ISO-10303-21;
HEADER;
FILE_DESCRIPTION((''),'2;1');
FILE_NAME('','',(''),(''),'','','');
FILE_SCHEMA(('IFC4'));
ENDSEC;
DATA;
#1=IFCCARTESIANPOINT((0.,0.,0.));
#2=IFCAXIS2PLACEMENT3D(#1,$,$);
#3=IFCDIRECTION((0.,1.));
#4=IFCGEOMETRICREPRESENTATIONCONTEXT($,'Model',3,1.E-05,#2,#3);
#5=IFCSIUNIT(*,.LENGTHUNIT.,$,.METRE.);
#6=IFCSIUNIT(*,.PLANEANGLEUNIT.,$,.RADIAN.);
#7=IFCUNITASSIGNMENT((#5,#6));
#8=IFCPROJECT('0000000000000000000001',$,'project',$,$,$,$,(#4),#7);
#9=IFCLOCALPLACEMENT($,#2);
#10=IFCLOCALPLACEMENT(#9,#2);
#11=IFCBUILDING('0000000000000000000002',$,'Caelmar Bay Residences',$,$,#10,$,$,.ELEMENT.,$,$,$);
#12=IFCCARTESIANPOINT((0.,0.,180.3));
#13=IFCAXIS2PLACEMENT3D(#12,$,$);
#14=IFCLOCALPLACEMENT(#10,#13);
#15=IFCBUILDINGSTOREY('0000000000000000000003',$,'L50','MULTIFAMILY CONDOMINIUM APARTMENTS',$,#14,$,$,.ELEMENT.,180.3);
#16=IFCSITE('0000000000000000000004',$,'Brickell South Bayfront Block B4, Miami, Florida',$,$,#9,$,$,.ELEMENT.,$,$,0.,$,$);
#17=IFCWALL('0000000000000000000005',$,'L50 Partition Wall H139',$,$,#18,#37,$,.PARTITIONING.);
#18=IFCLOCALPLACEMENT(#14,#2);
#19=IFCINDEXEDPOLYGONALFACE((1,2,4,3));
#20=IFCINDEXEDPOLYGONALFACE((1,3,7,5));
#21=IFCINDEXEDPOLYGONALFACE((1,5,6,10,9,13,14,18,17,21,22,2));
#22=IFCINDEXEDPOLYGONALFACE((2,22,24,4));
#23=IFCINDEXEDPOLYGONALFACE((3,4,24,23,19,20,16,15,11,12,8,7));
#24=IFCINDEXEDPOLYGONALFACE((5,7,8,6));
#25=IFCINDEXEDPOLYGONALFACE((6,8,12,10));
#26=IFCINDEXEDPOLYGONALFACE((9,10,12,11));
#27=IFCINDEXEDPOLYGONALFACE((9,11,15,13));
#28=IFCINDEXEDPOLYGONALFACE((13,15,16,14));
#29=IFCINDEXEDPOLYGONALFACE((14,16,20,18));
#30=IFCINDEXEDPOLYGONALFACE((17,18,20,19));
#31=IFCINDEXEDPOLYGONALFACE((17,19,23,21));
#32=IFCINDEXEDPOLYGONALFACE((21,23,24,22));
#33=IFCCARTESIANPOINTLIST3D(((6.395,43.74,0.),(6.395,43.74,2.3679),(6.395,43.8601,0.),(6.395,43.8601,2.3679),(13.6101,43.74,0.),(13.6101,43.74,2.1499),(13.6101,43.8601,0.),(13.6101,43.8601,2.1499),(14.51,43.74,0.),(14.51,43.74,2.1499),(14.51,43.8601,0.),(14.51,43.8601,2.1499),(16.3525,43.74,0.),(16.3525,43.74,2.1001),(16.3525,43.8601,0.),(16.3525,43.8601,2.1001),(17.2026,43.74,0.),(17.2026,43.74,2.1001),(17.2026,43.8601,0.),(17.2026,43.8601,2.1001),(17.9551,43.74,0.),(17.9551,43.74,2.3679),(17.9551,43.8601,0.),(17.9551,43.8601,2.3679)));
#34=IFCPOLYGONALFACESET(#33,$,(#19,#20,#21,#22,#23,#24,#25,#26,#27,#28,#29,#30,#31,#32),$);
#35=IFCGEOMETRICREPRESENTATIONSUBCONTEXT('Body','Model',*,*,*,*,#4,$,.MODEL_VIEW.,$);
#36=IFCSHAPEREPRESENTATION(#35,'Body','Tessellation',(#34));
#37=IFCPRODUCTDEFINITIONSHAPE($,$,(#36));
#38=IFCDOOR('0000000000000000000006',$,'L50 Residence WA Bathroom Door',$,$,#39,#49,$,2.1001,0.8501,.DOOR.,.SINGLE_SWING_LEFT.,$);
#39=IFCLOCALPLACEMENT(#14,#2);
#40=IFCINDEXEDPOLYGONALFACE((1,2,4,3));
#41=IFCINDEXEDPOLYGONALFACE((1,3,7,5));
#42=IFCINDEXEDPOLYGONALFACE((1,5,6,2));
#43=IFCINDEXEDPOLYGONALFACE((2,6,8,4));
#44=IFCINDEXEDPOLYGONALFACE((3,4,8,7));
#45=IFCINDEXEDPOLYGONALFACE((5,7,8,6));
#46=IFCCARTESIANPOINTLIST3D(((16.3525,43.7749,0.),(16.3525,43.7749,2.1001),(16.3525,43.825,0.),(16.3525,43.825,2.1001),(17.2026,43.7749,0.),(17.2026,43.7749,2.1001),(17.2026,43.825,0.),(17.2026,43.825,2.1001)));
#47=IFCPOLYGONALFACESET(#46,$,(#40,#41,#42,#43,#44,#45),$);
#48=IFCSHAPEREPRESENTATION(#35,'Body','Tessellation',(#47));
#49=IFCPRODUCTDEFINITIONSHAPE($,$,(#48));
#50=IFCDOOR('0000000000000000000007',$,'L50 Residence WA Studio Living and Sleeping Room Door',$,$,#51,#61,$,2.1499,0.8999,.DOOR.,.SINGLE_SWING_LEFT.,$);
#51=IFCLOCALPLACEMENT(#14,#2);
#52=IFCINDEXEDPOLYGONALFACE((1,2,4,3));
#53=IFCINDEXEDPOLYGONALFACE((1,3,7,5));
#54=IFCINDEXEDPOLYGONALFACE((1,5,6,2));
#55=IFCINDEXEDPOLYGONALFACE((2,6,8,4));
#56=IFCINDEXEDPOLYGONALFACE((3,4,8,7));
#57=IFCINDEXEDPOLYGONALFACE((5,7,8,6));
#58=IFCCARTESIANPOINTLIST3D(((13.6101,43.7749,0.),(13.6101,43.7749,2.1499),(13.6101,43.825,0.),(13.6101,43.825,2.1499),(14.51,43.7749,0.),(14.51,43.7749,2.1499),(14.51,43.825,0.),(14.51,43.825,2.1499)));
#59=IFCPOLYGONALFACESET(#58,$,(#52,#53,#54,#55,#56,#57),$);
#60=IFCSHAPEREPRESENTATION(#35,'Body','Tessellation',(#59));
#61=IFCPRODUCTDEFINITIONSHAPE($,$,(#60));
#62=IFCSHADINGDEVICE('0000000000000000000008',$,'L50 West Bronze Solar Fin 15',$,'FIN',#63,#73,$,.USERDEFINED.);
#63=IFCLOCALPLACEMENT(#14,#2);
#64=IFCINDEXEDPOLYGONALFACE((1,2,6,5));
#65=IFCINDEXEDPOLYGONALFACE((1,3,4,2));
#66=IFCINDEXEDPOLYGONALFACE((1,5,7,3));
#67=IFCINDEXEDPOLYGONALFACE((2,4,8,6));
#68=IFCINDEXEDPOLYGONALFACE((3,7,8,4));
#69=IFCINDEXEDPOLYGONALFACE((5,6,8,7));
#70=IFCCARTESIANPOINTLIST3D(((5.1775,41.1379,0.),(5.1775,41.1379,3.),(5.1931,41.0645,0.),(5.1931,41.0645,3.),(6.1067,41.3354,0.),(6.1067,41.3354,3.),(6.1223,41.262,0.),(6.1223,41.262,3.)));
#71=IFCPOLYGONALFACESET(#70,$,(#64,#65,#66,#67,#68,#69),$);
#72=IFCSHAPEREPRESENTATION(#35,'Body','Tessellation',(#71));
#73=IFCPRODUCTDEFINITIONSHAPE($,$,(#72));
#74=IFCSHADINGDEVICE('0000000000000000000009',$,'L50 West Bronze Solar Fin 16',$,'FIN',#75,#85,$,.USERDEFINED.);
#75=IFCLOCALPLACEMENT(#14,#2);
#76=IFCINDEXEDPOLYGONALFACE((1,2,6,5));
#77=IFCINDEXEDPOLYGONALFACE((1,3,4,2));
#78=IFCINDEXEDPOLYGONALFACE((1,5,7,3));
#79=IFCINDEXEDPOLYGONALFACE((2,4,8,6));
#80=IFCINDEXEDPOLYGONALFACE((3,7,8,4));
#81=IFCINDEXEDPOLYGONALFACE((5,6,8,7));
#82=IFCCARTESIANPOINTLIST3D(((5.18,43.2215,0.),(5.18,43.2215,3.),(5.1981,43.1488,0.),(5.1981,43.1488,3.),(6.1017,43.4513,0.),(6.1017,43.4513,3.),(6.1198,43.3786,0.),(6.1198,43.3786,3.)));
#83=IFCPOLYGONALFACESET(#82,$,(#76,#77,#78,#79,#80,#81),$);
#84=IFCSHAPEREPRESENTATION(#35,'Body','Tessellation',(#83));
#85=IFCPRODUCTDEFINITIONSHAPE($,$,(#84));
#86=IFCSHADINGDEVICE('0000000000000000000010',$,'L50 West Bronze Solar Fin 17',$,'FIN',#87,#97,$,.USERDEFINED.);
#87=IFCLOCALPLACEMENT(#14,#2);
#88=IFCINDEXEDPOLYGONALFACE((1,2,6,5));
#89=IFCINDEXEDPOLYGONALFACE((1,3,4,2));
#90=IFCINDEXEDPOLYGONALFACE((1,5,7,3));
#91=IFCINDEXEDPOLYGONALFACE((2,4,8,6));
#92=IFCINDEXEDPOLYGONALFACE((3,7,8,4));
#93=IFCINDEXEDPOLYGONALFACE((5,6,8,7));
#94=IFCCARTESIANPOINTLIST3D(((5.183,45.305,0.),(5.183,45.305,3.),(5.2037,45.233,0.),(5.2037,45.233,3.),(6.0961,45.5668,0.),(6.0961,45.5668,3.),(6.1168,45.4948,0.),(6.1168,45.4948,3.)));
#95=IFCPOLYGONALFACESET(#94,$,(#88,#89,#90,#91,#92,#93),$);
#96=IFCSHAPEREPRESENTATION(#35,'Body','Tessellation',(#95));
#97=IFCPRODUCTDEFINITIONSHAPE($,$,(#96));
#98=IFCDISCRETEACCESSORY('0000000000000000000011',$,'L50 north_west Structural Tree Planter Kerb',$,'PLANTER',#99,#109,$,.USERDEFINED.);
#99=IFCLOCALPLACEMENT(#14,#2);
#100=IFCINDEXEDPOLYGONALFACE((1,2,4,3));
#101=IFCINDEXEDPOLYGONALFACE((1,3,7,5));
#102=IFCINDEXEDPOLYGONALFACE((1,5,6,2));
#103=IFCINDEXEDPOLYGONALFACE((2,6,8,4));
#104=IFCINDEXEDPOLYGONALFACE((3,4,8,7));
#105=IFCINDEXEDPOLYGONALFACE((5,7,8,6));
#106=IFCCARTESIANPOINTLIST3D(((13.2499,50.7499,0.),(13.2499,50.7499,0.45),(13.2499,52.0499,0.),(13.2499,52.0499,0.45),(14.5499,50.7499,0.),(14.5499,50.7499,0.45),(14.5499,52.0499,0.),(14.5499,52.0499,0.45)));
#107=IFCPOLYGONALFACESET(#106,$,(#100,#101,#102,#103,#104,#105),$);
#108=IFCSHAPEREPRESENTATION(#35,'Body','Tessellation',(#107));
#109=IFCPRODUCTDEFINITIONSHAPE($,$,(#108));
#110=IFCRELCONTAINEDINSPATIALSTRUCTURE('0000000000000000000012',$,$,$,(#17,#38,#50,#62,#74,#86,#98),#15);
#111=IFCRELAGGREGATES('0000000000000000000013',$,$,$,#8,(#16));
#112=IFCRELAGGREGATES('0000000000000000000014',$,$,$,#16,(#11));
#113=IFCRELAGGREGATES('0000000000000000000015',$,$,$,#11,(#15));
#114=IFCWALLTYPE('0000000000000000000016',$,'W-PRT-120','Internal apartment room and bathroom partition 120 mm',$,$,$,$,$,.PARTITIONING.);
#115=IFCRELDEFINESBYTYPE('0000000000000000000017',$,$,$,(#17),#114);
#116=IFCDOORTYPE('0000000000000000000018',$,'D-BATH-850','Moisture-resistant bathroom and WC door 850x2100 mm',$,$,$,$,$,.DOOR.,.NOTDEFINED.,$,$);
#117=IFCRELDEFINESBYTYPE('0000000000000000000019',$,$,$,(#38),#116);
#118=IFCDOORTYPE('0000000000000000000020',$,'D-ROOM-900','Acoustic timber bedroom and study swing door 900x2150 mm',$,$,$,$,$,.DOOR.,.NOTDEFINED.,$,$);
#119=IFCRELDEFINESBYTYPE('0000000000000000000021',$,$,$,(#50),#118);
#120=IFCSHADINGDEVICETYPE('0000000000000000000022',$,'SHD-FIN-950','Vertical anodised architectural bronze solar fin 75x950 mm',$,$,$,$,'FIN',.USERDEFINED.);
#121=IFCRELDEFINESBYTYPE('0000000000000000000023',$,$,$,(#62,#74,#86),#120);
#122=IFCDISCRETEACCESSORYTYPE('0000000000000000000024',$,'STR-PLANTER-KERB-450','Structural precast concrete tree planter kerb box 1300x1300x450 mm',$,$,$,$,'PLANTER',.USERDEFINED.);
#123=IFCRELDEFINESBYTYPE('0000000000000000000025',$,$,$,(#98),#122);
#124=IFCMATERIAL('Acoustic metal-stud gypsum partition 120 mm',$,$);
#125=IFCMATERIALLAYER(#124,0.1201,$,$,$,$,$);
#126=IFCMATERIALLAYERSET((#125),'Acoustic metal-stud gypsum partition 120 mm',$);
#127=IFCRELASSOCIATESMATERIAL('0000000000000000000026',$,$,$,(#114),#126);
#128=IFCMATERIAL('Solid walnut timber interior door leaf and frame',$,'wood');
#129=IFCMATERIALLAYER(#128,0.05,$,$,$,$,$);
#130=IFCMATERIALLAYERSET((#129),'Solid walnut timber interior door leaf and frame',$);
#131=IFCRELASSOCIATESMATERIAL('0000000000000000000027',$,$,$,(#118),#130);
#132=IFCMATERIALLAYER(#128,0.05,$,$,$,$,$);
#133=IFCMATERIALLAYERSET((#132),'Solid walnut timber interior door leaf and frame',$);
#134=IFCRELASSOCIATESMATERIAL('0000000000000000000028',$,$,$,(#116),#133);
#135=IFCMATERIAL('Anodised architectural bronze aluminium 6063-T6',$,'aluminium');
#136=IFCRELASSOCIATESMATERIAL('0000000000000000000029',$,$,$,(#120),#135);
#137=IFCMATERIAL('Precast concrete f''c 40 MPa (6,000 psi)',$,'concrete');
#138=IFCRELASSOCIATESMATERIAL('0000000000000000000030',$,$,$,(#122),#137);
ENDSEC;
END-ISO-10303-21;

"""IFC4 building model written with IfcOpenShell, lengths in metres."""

from ifc_helpers import new_model, si_unit, direction, frame, frame_2d, origin, origin_2d, place, context, subcontext, project, spatial, rectangle, extrude, material, layer, layer_set, material_profile, profile_set, type_object, element, fill, save


model = new_model("IFC4")

# Units and contexts
model_context = context("Model", 3, precision=1e-05, world=origin(), true_north=direction((0.0, 1.0)))
body_context = subcontext(model_context, "Body", "Model", "MODEL_VIEW")
ifc_project = project(units=[si_unit("LENGTHUNIT", "METRE"), si_unit("PLANEANGLEUNIT", "RADIAN")], contexts=[model_context])

# Site, building, storey
site_placement = place(None, origin())
site = spatial("IfcSite", under=ifc_project, at=site_placement, Name="Brickell South Bayfront Block B4, Miami, Florida", CompositionType="ELEMENT", RefElevation=0.0)
building_placement = place(site_placement, origin())
building = spatial("IfcBuilding", under=site, at=building_placement, Name="Caelmar Bay Residences", CompositionType="ELEMENT")
storey_placement = place(building_placement, frame((0.0, 0.0, 180.3)))
storey = spatial("IfcBuildingStorey", under=building, at=storey_placement, Name="L50", Description="MULTIFAMILY CONDOMINIUM APARTMENTS", CompositionType="ELEMENT", Elevation=180.3)

# Shared definitions
ifc_material_1 = material(Name="Precast concrete f'c 40 MPa (6,000 psi)", Category="concrete")

# Shared definitions
ifc_material_2 = material(Name="Acoustic metal-stud gypsum partition 120 mm")
ifc_layer_1 = layer(ifc_material_2, 0.1201)
ifc_layer_set_1 = layer_set([ifc_layer_1], Name="Acoustic metal-stud gypsum partition 120 mm")
wall_type_1 = type_object("IfcWallType", Name="W-PRT-120", Description="Internal apartment room and bathroom partition 120 mm", PredefinedType="PARTITIONING", material=ifc_layer_set_1)
ifc_material_3 = material(Name="Solid walnut timber interior door leaf and frame", Category="wood")
ifc_layer_2 = layer(ifc_material_3, 0.05)
ifc_layer_set_2 = layer_set([ifc_layer_2], Name="Solid walnut timber interior door leaf and frame")
door_type_1 = type_object("IfcDoorType", Name="D-ROOM-900", Description="Acoustic timber bedroom and study swing door 900x2150 mm", OperationType="NOTDEFINED", PredefinedType="DOOR", material=ifc_layer_set_2)

# Wall, openings, doors
wall_1_placement = place(storey_placement, frame((6.395, 43.8, 0.0), z_axis=(0.0, 0.0, 1.0), x_axis=(1.0, 0.0, 0.0)))
wall_1 = element("IfcWall", 1, at=wall_1_placement, inside=storey, type_object=wall_type_1, Name="L50 Partition Wall H139", PredefinedType="PARTITIONING", context=body_context, shape_type="SweptSolid", body=[
    extrude(rectangle(XDim=11.5601, YDim=0.1201, at=frame_2d((5.78, 0.0))), origin(), (0.0, 0.0, 1.0), 2.3679),
])
opening_1_placement = place(wall_1_placement, frame((7.2151, 0.0, 0.0)))
opening_1 = element("IfcOpeningElement", 2, at=opening_1_placement, cuts=wall_1, PredefinedType="OPENING", context=body_context, shape_type="SweptSolid", body=[
    extrude(rectangle(XDim=0.8999, YDim=2.1499, at=frame_2d((0.45, 1.075))), frame((0.0, 0.0701, 0.0), z_axis=(0.0, -1.0, 0.0), x_axis=(1.0, 0.0, 0.0)), (0.0, 0.0, 1.0), 0.1401),
])
opening_2_placement = place(wall_1_placement, frame((9.9575, 0.0, 0.0)))
opening_2 = element("IfcOpeningElement", 3, at=opening_2_placement, cuts=wall_1, PredefinedType="OPENING", context=body_context, shape_type="SweptSolid", body=[
    extrude(rectangle(XDim=0.8501, YDim=2.1001, at=frame_2d((0.425, 1.05))), frame((0.0, 0.0701, 0.0), z_axis=(0.0, -1.0, 0.0), x_axis=(1.0, 0.0, 0.0)), (0.0, 0.0, 1.0), 0.1401),
])
ifc_layer_3 = layer(ifc_material_3, 0.05)
ifc_layer_set_3 = layer_set([ifc_layer_3], Name="Solid walnut timber interior door leaf and frame")
door_type_2 = type_object("IfcDoorType", Name="D-BATH-850", Description="Moisture-resistant bathroom and WC door 850x2100 mm", OperationType="NOTDEFINED", PredefinedType="DOOR", material=ifc_layer_set_3)
door_1_placement = place(opening_2_placement, origin())
door_1 = element("IfcDoor", 4, at=door_1_placement, inside=storey, type_object=door_type_2, Name="L50 Residence WA Bathroom Door", OperationType="SINGLE_SWING_LEFT", OverallHeight=2.1001, OverallWidth=0.8501, PredefinedType="DOOR", context=body_context, shape_type="SweptSolid", body=[
    extrude(rectangle(XDim=0.8501, YDim=2.1001, at=frame_2d((0.425, 1.05))), frame((0.0, 0.0249, 0.0), z_axis=(0.0, -1.0, 0.0), x_axis=(1.0, 0.0, 0.0)), (0.0, 0.0, 1.0), 0.05),
])
fill(opening_2, door_1)
door_2_placement = place(opening_1_placement, origin())
door_2 = element("IfcDoor", 5, at=door_2_placement, inside=storey, type_object=door_type_1, Name="L50 Residence WA Studio Living and Sleeping Room Door", OperationType="SINGLE_SWING_LEFT", OverallHeight=2.1499, OverallWidth=0.8999, PredefinedType="DOOR", context=body_context, shape_type="SweptSolid", body=[
    extrude(rectangle(XDim=0.8999, YDim=2.1499, at=frame_2d((0.45, 1.075))), frame((0.0, 0.0249, 0.0), z_axis=(0.0, -1.0, 0.0), x_axis=(1.0, 0.0, 0.0)), (0.0, 0.0, 1.0), 0.05),
])
fill(opening_1, door_2)

# Shading devices
ifc_material_4 = material(Name="Anodised architectural bronze aluminium 6063-T6", Category="aluminium")
ifc_material_profile_1 = material_profile(ifc_material_4, rectangle(XDim=0.075, YDim=0.95, at=origin_2d()), Name="BRONZE-FIN-75X950")
ifc_profile_set_1 = profile_set([ifc_material_profile_1], Name="Anodised architectural bronze aluminium 6063-T6")
shading_device_type = type_object("IfcShadingDeviceType", Name="SHD-FIN-950", Description="Vertical anodised architectural bronze solar fin 75x950 mm", ElementType="FIN", PredefinedType="USERDEFINED", material=ifc_profile_set_1)
for number, where, z_axis, x_axis, name in (
    (6, (5.6499, 41.2, 0.0), (0.0, 0.0, 1.0), (-0.207912, 0.978148, 0.0), "L50 West Bronze Solar Fin 15"),
    (7, (5.6499, 43.3, 0.0), (0.0, 0.0, 1.0), (-0.241922, 0.970296, 0.0), "L50 West Bronze Solar Fin 16"),
    (8, (5.6499, 45.3999, 0.0), (0.0, 0.0, 1.0), (-0.275637, 0.961262, 0.0), "L50 West Bronze Solar Fin 17"),
):
    element("IfcShadingDevice", number, at=place(storey_placement, frame(where, z_axis=z_axis, x_axis=x_axis)), inside=storey, type_object=shading_device_type, Name=name, ObjectType="FIN", PredefinedType="USERDEFINED", context=body_context, shape_type="SweptSolid", body=[
        extrude(rectangle(XDim=0.075, YDim=0.95, at=origin_2d()), origin(), (0.0, 0.0, 1.0), 3.0),
    ])

# Discrete accessory
discrete_accessory_type = type_object("IfcDiscreteAccessoryType", Name="STR-PLANTER-KERB-450", Description="Structural precast concrete tree planter kerb box 1300x1300x450 mm", ElementType="PLANTER", PredefinedType="USERDEFINED", material=ifc_material_1)
discrete_accessory_placement = place(storey_placement, frame((13.8999, 51.3999, 0.0), z_axis=(0.0, 0.0, 1.0), x_axis=(1.0, 0.0, 0.0)))
element("IfcDiscreteAccessory", 9, at=discrete_accessory_placement, inside=storey, type_object=discrete_accessory_type, Name="L50 north_west Structural Tree Planter Kerb", ObjectType="PLANTER", PredefinedType="USERDEFINED", context=body_context, shape_type="SweptSolid", body=[
    extrude(rectangle(XDim=1.3, YDim=1.3, at=origin_2d()), origin(), (0.0, 0.0, 1.0), 0.45),
])

save(model, "model.ifc")
